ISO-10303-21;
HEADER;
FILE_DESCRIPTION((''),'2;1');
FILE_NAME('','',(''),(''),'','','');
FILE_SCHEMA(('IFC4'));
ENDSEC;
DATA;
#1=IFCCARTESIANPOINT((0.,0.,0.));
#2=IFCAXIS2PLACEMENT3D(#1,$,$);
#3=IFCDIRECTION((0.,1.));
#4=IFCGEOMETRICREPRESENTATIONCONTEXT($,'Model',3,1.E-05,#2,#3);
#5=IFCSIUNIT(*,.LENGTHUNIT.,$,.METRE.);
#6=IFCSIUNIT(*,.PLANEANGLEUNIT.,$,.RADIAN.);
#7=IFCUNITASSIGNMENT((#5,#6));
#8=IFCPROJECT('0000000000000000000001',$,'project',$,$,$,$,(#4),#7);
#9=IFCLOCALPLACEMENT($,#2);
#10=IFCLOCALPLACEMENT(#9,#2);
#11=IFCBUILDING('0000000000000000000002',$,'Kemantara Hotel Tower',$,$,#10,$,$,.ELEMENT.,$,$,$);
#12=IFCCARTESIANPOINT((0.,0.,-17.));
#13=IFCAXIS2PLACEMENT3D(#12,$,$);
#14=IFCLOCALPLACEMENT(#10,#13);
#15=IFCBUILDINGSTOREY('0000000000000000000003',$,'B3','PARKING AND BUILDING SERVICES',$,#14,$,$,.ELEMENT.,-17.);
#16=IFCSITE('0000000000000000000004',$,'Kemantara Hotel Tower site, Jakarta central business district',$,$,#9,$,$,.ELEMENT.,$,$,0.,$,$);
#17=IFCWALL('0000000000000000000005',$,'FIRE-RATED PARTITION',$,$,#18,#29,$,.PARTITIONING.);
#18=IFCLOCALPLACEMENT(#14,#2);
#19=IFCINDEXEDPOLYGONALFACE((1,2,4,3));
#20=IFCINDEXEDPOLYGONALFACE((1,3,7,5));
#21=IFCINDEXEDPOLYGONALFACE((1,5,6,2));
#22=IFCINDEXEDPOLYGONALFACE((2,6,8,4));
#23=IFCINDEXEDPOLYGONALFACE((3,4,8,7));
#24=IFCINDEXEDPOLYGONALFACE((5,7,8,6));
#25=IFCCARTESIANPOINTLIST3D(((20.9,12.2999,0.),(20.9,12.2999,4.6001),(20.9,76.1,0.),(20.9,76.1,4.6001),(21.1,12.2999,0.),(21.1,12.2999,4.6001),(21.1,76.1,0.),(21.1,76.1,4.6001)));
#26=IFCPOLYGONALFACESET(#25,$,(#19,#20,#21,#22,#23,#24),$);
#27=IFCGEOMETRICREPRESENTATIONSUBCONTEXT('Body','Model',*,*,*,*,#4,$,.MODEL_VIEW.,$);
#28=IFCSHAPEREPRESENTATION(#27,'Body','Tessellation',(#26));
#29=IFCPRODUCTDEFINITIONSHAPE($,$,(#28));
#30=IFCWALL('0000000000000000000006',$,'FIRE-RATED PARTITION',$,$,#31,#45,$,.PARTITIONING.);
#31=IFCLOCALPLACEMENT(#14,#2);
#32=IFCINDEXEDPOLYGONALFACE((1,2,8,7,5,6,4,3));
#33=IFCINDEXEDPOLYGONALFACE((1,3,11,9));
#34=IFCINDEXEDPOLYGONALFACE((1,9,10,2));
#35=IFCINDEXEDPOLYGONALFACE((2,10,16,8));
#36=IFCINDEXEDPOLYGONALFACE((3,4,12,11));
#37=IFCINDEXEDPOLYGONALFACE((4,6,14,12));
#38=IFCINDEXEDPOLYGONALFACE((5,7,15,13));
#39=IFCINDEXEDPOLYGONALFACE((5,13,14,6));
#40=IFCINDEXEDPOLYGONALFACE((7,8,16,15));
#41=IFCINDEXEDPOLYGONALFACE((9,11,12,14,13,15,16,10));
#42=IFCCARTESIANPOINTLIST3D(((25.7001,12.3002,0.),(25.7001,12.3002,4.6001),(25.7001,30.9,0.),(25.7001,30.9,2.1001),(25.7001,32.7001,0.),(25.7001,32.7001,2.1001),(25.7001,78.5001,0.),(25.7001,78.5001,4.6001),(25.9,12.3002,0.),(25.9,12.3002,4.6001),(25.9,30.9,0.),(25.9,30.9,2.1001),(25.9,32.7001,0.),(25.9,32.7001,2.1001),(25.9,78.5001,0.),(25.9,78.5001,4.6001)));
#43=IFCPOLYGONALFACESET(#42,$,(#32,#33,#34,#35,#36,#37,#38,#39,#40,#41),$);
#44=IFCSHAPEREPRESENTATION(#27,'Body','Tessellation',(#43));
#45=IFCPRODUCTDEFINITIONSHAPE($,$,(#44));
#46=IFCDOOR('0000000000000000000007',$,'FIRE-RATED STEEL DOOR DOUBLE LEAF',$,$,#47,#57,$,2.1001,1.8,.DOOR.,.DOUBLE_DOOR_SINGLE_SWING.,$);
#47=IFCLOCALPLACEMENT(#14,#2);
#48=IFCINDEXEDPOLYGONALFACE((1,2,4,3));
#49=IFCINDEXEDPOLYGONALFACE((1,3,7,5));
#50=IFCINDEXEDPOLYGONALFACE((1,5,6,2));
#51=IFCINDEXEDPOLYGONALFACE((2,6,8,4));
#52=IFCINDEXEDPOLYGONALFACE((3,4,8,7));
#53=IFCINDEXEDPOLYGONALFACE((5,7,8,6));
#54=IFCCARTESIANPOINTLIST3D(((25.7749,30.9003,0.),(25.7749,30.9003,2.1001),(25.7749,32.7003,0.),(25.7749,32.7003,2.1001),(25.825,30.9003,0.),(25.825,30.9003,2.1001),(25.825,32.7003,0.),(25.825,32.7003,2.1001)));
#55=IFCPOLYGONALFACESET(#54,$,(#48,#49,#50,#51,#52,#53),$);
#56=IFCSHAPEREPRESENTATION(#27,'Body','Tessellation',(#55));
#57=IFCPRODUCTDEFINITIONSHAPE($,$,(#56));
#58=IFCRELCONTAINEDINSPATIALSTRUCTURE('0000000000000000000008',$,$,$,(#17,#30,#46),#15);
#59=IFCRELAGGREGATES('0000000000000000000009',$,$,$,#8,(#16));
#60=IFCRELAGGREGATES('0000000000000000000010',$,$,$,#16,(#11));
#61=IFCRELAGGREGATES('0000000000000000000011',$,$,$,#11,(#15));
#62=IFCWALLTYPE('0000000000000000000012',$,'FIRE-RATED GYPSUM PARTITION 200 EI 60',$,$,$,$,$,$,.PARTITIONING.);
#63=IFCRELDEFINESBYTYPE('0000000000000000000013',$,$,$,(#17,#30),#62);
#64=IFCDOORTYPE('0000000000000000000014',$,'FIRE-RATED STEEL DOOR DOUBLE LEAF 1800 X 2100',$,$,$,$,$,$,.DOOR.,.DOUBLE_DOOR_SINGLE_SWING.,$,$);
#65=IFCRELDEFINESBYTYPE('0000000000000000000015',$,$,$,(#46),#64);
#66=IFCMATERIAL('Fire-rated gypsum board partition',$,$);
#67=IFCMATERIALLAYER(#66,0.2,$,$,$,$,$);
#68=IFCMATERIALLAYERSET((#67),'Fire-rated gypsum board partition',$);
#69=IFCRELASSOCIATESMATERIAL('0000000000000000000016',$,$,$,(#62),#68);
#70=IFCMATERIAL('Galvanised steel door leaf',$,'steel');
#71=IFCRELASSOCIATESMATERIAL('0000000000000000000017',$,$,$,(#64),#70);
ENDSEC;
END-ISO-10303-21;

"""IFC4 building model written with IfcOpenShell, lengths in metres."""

from ifc_helpers import new_model, si_unit, direction, frame, frame_2d, origin, place, context, subcontext, project, spatial, rectangle, extrude, material, layer, layer_set, type_object, element, fill, save


model = new_model("IFC4")

# Units and contexts
model_context = context("Model", 3, precision=1e-05, world=origin(), true_north=direction((0.0, 1.0)))
body_context = subcontext(model_context, "Body", "Model", "MODEL_VIEW")
ifc_project = project(units=[si_unit("LENGTHUNIT", "METRE"), si_unit("PLANEANGLEUNIT", "RADIAN")], contexts=[model_context])

# Site, building, storey
site_placement = place(None, origin())
site = spatial("IfcSite", under=ifc_project, at=site_placement, Name="Kemantara Hotel Tower site, Jakarta central business district", CompositionType="ELEMENT", RefElevation=0.0)
building_placement = place(site_placement, origin())
building = spatial("IfcBuilding", under=site, at=building_placement, Name="Kemantara Hotel Tower", CompositionType="ELEMENT")
storey_placement = place(building_placement, frame((0.0, 0.0, -17.0)))
storey = spatial("IfcBuildingStorey", under=building, at=storey_placement, Name="B3", Description="PARKING AND BUILDING SERVICES", CompositionType="ELEMENT", Elevation=-17.0)

# Shared definitions
ifc_material_1 = material(Name="Fire-rated gypsum board partition")
ifc_layer = layer(ifc_material_1, 0.2)
ifc_layer_set = layer_set([ifc_layer], Name="Fire-rated gypsum board partition")
wall_type = type_object("IfcWallType", Name="FIRE-RATED GYPSUM PARTITION 200 EI 60", PredefinedType="PARTITIONING", material=ifc_layer_set)
ifc_material_2 = material(Name="Galvanised steel door leaf", Category="steel")
door_type_1 = type_object("IfcDoorType", Name="FIRE-RATED STEEL DOOR DOUBLE LEAF 1800 X 2100", OperationType="DOUBLE_DOOR_SINGLE_SWING", PredefinedType="DOOR", material=ifc_material_2)

# Wall
wall_1_placement = place(storey_placement, frame((21.0, 12.3, 0.0), z_axis=(0.0, 0.0, 1.0), x_axis=(0.0, 1.0, 0.0)))
element("IfcWall", 1, at=wall_1_placement, inside=storey, type_object=wall_type, Name="FIRE-RATED PARTITION", PredefinedType="PARTITIONING", context=body_context, shape_type="SweptSolid", body=[
    extrude(rectangle(XDim=63.8, YDim=0.2, at=frame_2d((31.8999, 0.0))), origin(), (0.0, 0.0, 1.0), 4.6001),
])

# Wall, opening, door
wall_2_placement = place(storey_placement, frame((25.8, 12.3, 0.0), z_axis=(0.0, 0.0, 1.0), x_axis=(0.0, 1.0, 0.0)))
wall_2 = element("IfcWall", 2, at=wall_2_placement, inside=storey, type_object=wall_type, Name="FIRE-RATED PARTITION", PredefinedType="PARTITIONING", context=body_context, shape_type="SweptSolid", body=[
    extrude(rectangle(XDim=66.2, YDim=0.2, at=frame_2d((33.1001, 0.0))), origin(), (0.0, 0.0, 1.0), 4.6001),
])
opening_1_placement = place(wall_2_placement, frame((18.6001, 0.0, 0.0)))
opening_1 = element("IfcOpeningElement", 3, at=opening_1_placement, cuts=wall_2, PredefinedType="OPENING", context=body_context, shape_type="SweptSolid", body=[
    extrude(rectangle(XDim=1.8, YDim=2.1001, at=frame_2d((0.8999, 1.05))), frame((0.0, 0.1099, 0.0), z_axis=(0.0, -1.0, 0.0), x_axis=(1.0, 0.0, 0.0)), (0.0, 0.0, 1.0), 0.22),
])
door_1_placement = place(opening_1_placement, frame((1.8, 0.0, 0.0), z_axis=(0.0, 0.0, 1.0), x_axis=(-1.0, 0.0, 0.0)))
door_1 = element("IfcDoor", 4, at=door_1_placement, inside=storey, type_object=door_type_1, Name="FIRE-RATED STEEL DOOR DOUBLE LEAF", OperationType="DOUBLE_DOOR_SINGLE_SWING", OverallHeight=2.1001, OverallWidth=1.8, PredefinedType="DOOR", context=body_context, shape_type="SweptSolid", body=[
    extrude(rectangle(XDim=1.8, YDim=2.1001, at=frame_2d((0.8999, 1.05))), frame((0.0, 0.0249, 0.0), z_axis=(0.0, -1.0, 0.0), x_axis=(1.0, 0.0, 0.0)), (0.0, 0.0, 1.0), 0.05),
])
fill(opening_1, door_1)

save(model, "model.ifc")
